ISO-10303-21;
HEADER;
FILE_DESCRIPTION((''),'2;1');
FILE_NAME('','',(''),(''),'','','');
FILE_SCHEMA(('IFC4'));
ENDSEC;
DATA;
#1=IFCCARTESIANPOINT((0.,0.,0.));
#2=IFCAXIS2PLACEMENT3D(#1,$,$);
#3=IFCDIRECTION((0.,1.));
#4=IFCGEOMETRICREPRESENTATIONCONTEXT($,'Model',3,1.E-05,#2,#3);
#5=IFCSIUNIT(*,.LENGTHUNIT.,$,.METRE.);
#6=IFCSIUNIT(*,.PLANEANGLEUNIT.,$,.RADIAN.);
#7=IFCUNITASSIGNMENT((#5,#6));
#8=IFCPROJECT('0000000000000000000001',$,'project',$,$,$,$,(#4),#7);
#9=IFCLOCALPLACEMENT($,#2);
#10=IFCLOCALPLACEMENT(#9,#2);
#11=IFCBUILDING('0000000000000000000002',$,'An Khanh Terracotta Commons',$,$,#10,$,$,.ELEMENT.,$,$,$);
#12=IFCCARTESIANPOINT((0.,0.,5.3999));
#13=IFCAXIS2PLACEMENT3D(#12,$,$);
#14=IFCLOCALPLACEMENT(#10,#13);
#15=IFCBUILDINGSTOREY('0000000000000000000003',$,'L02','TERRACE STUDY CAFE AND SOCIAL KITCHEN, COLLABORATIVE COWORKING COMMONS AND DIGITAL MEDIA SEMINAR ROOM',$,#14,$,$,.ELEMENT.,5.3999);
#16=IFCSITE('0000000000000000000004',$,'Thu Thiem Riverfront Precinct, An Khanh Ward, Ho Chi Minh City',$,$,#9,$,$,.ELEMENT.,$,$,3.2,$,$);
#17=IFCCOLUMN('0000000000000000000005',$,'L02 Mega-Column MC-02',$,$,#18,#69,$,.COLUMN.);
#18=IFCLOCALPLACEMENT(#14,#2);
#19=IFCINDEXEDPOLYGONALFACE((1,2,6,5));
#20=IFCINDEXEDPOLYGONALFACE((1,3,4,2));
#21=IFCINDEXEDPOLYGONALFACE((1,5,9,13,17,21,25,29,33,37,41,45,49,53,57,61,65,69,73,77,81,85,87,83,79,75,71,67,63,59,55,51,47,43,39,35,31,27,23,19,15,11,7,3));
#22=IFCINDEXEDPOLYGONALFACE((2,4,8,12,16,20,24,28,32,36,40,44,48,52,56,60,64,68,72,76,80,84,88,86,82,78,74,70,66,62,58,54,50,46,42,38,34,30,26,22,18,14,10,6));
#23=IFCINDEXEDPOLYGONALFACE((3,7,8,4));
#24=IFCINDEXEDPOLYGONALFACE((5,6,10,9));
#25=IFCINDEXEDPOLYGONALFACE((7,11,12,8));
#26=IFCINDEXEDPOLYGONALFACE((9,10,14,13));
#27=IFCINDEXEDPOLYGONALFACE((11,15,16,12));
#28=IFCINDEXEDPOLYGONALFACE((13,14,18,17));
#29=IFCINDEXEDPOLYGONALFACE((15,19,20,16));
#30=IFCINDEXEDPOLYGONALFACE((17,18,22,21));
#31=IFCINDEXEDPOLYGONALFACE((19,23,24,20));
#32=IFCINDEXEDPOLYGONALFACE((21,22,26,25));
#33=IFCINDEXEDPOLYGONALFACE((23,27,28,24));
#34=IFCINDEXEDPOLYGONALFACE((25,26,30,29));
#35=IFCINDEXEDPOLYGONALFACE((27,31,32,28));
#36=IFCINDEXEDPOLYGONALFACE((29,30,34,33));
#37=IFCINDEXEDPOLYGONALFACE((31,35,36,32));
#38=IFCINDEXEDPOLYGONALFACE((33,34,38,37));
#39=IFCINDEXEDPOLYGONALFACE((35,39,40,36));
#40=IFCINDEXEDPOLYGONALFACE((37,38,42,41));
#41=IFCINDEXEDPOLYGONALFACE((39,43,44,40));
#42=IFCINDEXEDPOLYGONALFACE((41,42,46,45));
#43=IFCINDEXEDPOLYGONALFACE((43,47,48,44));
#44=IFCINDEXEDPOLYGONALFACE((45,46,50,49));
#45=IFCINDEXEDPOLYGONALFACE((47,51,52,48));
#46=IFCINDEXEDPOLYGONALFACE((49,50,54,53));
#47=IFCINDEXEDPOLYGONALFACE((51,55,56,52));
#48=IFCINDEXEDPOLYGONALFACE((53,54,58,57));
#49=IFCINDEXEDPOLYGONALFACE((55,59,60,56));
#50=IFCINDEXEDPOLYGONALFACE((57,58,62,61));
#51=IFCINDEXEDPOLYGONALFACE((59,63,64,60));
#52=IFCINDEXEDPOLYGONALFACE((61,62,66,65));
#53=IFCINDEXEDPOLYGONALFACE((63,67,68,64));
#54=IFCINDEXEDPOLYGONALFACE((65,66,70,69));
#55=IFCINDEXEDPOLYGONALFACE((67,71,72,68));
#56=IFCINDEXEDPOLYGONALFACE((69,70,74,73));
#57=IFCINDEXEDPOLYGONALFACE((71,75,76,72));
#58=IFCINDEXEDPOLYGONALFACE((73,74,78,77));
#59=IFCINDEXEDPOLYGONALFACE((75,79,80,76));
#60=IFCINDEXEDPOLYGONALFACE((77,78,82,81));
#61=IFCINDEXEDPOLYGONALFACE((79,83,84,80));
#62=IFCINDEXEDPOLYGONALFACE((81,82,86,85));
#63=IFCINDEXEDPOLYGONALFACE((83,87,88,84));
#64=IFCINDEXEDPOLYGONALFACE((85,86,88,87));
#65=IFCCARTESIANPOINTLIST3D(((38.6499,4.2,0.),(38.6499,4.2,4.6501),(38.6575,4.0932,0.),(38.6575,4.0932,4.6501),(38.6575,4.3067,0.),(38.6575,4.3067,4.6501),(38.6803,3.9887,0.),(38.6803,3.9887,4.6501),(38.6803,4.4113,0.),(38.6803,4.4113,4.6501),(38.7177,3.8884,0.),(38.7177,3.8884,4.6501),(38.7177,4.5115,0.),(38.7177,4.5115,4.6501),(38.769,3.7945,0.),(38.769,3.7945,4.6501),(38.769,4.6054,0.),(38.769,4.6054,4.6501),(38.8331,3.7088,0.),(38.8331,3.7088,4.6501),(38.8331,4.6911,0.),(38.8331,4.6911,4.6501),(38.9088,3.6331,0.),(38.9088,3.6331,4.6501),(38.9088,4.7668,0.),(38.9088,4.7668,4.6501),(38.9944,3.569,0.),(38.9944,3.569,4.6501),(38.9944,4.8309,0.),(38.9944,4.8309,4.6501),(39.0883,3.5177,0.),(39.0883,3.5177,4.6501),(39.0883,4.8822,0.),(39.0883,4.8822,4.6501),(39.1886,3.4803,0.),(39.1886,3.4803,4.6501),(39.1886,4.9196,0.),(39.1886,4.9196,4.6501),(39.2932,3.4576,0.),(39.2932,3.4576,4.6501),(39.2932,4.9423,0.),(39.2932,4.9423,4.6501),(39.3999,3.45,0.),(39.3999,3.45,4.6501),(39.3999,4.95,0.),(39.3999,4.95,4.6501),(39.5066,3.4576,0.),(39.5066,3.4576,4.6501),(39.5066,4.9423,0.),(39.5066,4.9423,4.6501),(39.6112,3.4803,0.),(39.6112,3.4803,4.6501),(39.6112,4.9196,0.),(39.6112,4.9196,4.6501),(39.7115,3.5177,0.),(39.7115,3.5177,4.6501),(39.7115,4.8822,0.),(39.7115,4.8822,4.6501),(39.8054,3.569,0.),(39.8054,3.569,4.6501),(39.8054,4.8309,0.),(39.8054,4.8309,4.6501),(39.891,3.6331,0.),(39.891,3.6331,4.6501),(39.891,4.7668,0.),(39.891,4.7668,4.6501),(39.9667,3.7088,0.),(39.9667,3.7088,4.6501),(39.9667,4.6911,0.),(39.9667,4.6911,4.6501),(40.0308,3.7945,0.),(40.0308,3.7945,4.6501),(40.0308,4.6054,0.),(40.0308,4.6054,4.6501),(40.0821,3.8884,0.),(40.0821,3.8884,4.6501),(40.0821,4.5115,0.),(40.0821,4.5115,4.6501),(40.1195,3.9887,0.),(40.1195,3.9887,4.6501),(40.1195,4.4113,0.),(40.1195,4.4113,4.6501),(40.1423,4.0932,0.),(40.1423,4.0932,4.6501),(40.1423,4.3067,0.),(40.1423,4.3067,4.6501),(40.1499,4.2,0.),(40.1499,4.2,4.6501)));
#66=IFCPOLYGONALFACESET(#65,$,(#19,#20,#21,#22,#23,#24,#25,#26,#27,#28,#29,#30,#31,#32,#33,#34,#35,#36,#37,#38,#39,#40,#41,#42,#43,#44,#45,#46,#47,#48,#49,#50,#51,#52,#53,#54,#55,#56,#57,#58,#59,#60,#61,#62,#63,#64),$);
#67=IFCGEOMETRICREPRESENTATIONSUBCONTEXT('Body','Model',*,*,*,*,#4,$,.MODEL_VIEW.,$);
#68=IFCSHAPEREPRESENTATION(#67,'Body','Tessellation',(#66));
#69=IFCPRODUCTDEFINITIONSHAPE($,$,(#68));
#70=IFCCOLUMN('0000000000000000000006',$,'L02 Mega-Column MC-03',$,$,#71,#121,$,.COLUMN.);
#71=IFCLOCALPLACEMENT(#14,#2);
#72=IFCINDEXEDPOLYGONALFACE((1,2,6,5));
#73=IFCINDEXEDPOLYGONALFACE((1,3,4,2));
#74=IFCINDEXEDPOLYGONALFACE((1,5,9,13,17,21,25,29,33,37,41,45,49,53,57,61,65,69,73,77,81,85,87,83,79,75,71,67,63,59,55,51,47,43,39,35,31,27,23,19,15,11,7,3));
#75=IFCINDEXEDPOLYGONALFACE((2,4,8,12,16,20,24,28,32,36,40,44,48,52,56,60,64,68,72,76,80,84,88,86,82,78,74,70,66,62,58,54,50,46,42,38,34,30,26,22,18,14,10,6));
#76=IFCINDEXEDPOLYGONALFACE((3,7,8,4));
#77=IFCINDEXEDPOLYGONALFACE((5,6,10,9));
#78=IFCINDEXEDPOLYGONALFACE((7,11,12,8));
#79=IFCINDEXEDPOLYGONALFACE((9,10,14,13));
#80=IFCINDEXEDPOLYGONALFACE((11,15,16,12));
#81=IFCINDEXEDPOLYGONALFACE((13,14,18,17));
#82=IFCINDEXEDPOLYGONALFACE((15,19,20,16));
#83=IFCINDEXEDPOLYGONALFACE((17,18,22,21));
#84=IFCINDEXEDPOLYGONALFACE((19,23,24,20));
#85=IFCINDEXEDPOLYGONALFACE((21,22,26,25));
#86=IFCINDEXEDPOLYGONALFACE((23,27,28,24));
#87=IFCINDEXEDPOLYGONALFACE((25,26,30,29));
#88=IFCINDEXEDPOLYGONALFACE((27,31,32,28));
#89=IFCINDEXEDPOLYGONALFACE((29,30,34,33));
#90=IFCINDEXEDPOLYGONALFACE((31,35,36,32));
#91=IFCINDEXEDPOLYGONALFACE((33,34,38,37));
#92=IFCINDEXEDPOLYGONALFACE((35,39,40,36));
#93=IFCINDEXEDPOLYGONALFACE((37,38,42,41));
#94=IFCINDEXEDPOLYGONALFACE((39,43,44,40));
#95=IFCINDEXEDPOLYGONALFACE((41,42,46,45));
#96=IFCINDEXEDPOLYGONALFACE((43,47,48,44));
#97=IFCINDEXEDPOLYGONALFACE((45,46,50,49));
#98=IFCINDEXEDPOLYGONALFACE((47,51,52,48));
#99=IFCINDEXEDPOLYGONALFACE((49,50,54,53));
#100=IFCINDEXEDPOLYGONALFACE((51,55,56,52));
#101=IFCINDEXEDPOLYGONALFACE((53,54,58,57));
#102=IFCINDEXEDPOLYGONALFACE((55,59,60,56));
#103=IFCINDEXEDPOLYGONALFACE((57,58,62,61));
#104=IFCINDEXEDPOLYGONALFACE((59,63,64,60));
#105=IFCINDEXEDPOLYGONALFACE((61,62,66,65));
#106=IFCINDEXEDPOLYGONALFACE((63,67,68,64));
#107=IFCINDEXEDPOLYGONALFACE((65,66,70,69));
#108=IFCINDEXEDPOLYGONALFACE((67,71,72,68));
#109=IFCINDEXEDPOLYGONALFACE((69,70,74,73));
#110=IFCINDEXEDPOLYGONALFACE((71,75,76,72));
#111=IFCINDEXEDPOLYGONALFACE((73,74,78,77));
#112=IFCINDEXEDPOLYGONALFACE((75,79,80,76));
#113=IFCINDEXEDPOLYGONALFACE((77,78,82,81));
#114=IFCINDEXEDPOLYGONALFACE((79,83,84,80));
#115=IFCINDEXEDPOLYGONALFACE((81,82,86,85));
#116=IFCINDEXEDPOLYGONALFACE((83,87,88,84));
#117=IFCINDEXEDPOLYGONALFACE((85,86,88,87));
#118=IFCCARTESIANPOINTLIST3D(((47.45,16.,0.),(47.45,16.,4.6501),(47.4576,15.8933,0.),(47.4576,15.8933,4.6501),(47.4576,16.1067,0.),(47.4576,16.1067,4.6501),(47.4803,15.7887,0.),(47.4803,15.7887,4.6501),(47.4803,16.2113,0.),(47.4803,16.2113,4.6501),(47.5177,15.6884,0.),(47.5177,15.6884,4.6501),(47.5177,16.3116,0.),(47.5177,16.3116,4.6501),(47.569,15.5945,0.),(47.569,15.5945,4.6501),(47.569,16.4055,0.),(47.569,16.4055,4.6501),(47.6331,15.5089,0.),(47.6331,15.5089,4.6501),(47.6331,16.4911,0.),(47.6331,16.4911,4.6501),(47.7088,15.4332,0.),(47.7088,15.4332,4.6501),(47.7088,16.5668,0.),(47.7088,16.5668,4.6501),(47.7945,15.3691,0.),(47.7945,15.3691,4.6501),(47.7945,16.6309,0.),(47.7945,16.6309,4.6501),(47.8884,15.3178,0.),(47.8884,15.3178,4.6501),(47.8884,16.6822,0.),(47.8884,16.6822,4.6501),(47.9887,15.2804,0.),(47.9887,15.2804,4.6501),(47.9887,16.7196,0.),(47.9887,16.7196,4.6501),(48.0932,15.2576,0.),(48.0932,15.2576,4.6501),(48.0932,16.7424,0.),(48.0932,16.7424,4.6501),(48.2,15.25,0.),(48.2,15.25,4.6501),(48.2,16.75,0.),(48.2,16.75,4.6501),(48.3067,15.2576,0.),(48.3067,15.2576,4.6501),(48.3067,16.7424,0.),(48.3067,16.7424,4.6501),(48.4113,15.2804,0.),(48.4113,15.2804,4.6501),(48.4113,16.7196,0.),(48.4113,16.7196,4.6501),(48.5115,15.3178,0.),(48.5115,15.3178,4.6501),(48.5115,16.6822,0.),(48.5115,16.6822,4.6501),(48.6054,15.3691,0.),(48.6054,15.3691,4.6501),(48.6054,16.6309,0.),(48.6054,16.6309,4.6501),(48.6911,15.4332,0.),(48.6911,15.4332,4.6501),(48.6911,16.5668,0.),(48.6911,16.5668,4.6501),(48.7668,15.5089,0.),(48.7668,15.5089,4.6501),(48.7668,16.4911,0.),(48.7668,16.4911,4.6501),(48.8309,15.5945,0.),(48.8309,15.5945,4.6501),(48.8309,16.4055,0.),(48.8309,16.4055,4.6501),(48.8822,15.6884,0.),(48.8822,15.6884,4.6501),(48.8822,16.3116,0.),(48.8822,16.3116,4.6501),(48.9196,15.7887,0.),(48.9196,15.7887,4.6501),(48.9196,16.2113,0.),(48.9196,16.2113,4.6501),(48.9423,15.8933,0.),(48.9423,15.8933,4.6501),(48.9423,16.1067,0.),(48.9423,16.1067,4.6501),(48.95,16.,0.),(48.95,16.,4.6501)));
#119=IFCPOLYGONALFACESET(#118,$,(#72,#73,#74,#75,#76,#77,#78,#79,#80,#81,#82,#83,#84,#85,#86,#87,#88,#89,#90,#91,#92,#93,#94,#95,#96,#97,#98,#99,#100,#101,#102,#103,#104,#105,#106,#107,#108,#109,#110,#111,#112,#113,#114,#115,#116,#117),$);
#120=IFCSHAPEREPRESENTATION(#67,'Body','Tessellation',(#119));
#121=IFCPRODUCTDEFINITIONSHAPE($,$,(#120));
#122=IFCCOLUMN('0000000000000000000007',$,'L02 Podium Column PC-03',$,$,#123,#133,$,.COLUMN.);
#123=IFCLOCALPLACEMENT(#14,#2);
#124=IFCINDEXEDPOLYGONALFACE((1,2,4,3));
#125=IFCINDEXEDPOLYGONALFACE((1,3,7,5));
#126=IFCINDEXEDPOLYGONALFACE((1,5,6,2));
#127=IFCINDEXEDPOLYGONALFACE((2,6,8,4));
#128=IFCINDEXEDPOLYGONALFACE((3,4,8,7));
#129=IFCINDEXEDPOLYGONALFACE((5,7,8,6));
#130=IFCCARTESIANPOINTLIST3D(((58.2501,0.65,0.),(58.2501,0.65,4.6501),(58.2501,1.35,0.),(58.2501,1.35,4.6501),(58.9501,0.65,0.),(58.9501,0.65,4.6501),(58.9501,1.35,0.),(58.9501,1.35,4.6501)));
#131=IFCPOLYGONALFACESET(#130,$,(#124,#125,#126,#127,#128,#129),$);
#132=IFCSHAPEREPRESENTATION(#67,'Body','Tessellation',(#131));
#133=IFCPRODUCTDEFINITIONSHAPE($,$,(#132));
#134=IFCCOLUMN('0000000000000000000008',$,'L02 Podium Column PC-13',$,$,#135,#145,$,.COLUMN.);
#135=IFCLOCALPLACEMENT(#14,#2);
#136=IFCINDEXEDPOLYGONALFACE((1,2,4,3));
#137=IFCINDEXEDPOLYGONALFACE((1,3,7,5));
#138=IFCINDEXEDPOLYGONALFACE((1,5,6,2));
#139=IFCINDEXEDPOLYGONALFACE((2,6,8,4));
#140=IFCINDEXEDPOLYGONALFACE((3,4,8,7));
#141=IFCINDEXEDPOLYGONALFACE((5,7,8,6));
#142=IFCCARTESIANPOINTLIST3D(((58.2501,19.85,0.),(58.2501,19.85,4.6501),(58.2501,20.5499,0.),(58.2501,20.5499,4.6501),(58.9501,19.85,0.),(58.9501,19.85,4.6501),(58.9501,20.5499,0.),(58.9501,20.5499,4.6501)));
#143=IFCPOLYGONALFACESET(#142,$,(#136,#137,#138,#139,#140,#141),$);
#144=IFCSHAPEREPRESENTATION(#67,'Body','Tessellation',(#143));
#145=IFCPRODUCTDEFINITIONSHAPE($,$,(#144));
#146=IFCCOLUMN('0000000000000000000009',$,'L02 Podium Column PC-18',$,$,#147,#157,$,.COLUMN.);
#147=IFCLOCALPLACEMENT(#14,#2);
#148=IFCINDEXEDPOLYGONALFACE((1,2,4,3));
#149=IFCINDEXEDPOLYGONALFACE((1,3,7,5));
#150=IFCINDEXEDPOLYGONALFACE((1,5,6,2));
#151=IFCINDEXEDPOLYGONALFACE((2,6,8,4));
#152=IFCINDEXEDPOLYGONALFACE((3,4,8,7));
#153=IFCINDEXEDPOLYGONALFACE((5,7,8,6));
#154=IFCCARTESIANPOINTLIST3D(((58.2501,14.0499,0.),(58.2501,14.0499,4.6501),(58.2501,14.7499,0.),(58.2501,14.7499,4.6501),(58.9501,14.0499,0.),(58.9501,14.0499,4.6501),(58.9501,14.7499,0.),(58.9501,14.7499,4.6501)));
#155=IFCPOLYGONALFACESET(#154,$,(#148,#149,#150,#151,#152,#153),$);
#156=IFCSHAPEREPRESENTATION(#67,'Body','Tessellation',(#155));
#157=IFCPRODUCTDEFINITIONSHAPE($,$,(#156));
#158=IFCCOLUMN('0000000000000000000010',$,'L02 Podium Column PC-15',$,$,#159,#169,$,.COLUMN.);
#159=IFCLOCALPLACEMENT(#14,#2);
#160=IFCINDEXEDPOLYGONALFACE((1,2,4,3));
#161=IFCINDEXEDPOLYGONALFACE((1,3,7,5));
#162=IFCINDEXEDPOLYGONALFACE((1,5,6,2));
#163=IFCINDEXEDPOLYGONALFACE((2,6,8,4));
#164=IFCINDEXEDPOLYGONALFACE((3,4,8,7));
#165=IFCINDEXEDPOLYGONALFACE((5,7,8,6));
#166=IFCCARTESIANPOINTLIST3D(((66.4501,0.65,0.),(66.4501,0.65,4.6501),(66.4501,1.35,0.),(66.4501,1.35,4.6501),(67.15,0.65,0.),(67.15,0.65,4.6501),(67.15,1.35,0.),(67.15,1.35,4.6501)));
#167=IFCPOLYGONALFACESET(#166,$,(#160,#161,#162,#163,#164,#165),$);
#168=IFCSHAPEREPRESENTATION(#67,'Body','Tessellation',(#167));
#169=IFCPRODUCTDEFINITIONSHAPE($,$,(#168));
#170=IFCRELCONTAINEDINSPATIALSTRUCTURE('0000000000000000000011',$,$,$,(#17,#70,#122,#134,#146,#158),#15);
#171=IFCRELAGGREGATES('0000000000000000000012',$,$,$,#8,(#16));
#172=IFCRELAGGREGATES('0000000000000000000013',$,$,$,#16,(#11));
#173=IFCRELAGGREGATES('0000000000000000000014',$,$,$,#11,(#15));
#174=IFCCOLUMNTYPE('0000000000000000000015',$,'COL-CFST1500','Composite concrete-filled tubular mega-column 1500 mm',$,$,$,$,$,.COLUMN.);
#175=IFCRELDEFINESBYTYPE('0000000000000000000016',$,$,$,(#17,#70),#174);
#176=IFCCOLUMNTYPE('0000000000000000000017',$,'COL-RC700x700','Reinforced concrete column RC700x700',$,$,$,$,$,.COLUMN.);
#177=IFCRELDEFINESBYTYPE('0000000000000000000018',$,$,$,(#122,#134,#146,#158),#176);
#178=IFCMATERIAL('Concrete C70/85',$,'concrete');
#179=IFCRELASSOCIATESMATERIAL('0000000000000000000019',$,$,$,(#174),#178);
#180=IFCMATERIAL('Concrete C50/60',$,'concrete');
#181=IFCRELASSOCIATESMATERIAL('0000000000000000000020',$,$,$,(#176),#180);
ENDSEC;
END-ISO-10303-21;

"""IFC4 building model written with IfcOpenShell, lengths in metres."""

from ifc_helpers import new_model, si_unit, direction, frame, origin, origin_2d, place, context, subcontext, project, spatial, rectangle, circle, extrude, material, material_profile, profile_set, type_object, element, save


model = new_model("IFC4")

# Units and contexts
model_context = context("Model", 3, precision=1e-05, world=origin(), true_north=direction((0.0, 1.0)))
body_context = subcontext(model_context, "Body", "Model", "MODEL_VIEW")
ifc_project = project(units=[si_unit("LENGTHUNIT", "METRE"), si_unit("PLANEANGLEUNIT", "RADIAN")], contexts=[model_context])

# Site, building, storey
site_placement = place(None, origin())
site = spatial("IfcSite", under=ifc_project, at=site_placement, Name="Thu Thiem Riverfront Precinct, An Khanh Ward, Ho Chi Minh City", CompositionType="ELEMENT", RefElevation=3.2)
building_placement = place(site_placement, origin())
building = spatial("IfcBuilding", under=site, at=building_placement, Name="An Khanh Terracotta Commons", CompositionType="ELEMENT")
storey_placement = place(building_placement, frame((0.0, 0.0, 5.3999)))
storey = spatial("IfcBuildingStorey", under=building, at=storey_placement, Name="L02", Description="TERRACE STUDY CAFE AND SOCIAL KITCHEN, COLLABORATIVE COWORKING COMMONS AND DIGITAL MEDIA SEMINAR ROOM", CompositionType="ELEMENT", Elevation=5.3999)

# Columns
ifc_material_1 = material(Name="Concrete C70/85", Category="concrete")
ifc_material_profile_1 = material_profile(ifc_material_1, circle(Radius=0.75, at=origin_2d()), Name="CFST1500")
ifc_profile_set_1 = profile_set([ifc_material_profile_1], Name="Concrete C70/85")
column_type_1 = type_object("IfcColumnType", Name="COL-CFST1500", Description="Composite concrete-filled tubular mega-column 1500 mm", PredefinedType="COLUMN", material=ifc_profile_set_1)
for number, where, z_axis, x_axis, name in (
    (1, (39.3999, 4.2, 0.0), (0.0, 0.0, 1.0), (1.0, 0.0, 0.0), "L02 Mega-Column MC-02"),
    (2, (48.2, 16.0, 0.0), (0.0, 0.0, 1.0), (1.0, 0.0, 0.0), "L02 Mega-Column MC-03"),
):
    element("IfcColumn", number, at=place(storey_placement, frame(where, z_axis=z_axis, x_axis=x_axis)), inside=storey, type_object=column_type_1, Name=name, PredefinedType="COLUMN", context=body_context, shape_type="SweptSolid", body=[
        extrude(circle(Radius=0.75, at=origin_2d()), origin(), (0.0, 0.0, 1.0), 4.6501),
    ])
ifc_material_2 = material(Name="Concrete C50/60", Category="concrete")
ifc_material_profile_2 = material_profile(ifc_material_2, rectangle(XDim=0.7, YDim=0.7, at=origin_2d()), Name="RC700x700")
ifc_profile_set_2 = profile_set([ifc_material_profile_2], Name="Concrete C50/60")
column_type_2 = type_object("IfcColumnType", Name="COL-RC700x700", Description="Reinforced concrete column RC700x700", PredefinedType="COLUMN", material=ifc_profile_set_2)
for number, where, z_axis, x_axis, name in (
    (3, (58.6001, 1.0, 0.0), (0.0, 0.0, 1.0), (1.0, 0.0, 0.0), "L02 Podium Column PC-03"),
    (4, (58.6001, 20.2, 0.0), (0.0, 0.0, 1.0), (1.0, 0.0, 0.0), "L02 Podium Column PC-13"),
    (5, (58.6001, 14.3999, 0.0), (0.0, 0.0, 1.0), (1.0, 0.0, 0.0), "L02 Podium Column PC-18"),
    (6, (66.8, 1.0, 0.0), (0.0, 0.0, 1.0), (1.0, 0.0, 0.0), "L02 Podium Column PC-15"),
):
    element("IfcColumn", number, at=place(storey_placement, frame(where, z_axis=z_axis, x_axis=x_axis)), inside=storey, type_object=column_type_2, Name=name, PredefinedType="COLUMN", context=body_context, shape_type="SweptSolid", body=[
        extrude(rectangle(XDim=0.7, YDim=0.7, at=origin_2d()), origin(), (0.0, 0.0, 1.0), 4.6501),
    ])

save(model, "model.ifc")
